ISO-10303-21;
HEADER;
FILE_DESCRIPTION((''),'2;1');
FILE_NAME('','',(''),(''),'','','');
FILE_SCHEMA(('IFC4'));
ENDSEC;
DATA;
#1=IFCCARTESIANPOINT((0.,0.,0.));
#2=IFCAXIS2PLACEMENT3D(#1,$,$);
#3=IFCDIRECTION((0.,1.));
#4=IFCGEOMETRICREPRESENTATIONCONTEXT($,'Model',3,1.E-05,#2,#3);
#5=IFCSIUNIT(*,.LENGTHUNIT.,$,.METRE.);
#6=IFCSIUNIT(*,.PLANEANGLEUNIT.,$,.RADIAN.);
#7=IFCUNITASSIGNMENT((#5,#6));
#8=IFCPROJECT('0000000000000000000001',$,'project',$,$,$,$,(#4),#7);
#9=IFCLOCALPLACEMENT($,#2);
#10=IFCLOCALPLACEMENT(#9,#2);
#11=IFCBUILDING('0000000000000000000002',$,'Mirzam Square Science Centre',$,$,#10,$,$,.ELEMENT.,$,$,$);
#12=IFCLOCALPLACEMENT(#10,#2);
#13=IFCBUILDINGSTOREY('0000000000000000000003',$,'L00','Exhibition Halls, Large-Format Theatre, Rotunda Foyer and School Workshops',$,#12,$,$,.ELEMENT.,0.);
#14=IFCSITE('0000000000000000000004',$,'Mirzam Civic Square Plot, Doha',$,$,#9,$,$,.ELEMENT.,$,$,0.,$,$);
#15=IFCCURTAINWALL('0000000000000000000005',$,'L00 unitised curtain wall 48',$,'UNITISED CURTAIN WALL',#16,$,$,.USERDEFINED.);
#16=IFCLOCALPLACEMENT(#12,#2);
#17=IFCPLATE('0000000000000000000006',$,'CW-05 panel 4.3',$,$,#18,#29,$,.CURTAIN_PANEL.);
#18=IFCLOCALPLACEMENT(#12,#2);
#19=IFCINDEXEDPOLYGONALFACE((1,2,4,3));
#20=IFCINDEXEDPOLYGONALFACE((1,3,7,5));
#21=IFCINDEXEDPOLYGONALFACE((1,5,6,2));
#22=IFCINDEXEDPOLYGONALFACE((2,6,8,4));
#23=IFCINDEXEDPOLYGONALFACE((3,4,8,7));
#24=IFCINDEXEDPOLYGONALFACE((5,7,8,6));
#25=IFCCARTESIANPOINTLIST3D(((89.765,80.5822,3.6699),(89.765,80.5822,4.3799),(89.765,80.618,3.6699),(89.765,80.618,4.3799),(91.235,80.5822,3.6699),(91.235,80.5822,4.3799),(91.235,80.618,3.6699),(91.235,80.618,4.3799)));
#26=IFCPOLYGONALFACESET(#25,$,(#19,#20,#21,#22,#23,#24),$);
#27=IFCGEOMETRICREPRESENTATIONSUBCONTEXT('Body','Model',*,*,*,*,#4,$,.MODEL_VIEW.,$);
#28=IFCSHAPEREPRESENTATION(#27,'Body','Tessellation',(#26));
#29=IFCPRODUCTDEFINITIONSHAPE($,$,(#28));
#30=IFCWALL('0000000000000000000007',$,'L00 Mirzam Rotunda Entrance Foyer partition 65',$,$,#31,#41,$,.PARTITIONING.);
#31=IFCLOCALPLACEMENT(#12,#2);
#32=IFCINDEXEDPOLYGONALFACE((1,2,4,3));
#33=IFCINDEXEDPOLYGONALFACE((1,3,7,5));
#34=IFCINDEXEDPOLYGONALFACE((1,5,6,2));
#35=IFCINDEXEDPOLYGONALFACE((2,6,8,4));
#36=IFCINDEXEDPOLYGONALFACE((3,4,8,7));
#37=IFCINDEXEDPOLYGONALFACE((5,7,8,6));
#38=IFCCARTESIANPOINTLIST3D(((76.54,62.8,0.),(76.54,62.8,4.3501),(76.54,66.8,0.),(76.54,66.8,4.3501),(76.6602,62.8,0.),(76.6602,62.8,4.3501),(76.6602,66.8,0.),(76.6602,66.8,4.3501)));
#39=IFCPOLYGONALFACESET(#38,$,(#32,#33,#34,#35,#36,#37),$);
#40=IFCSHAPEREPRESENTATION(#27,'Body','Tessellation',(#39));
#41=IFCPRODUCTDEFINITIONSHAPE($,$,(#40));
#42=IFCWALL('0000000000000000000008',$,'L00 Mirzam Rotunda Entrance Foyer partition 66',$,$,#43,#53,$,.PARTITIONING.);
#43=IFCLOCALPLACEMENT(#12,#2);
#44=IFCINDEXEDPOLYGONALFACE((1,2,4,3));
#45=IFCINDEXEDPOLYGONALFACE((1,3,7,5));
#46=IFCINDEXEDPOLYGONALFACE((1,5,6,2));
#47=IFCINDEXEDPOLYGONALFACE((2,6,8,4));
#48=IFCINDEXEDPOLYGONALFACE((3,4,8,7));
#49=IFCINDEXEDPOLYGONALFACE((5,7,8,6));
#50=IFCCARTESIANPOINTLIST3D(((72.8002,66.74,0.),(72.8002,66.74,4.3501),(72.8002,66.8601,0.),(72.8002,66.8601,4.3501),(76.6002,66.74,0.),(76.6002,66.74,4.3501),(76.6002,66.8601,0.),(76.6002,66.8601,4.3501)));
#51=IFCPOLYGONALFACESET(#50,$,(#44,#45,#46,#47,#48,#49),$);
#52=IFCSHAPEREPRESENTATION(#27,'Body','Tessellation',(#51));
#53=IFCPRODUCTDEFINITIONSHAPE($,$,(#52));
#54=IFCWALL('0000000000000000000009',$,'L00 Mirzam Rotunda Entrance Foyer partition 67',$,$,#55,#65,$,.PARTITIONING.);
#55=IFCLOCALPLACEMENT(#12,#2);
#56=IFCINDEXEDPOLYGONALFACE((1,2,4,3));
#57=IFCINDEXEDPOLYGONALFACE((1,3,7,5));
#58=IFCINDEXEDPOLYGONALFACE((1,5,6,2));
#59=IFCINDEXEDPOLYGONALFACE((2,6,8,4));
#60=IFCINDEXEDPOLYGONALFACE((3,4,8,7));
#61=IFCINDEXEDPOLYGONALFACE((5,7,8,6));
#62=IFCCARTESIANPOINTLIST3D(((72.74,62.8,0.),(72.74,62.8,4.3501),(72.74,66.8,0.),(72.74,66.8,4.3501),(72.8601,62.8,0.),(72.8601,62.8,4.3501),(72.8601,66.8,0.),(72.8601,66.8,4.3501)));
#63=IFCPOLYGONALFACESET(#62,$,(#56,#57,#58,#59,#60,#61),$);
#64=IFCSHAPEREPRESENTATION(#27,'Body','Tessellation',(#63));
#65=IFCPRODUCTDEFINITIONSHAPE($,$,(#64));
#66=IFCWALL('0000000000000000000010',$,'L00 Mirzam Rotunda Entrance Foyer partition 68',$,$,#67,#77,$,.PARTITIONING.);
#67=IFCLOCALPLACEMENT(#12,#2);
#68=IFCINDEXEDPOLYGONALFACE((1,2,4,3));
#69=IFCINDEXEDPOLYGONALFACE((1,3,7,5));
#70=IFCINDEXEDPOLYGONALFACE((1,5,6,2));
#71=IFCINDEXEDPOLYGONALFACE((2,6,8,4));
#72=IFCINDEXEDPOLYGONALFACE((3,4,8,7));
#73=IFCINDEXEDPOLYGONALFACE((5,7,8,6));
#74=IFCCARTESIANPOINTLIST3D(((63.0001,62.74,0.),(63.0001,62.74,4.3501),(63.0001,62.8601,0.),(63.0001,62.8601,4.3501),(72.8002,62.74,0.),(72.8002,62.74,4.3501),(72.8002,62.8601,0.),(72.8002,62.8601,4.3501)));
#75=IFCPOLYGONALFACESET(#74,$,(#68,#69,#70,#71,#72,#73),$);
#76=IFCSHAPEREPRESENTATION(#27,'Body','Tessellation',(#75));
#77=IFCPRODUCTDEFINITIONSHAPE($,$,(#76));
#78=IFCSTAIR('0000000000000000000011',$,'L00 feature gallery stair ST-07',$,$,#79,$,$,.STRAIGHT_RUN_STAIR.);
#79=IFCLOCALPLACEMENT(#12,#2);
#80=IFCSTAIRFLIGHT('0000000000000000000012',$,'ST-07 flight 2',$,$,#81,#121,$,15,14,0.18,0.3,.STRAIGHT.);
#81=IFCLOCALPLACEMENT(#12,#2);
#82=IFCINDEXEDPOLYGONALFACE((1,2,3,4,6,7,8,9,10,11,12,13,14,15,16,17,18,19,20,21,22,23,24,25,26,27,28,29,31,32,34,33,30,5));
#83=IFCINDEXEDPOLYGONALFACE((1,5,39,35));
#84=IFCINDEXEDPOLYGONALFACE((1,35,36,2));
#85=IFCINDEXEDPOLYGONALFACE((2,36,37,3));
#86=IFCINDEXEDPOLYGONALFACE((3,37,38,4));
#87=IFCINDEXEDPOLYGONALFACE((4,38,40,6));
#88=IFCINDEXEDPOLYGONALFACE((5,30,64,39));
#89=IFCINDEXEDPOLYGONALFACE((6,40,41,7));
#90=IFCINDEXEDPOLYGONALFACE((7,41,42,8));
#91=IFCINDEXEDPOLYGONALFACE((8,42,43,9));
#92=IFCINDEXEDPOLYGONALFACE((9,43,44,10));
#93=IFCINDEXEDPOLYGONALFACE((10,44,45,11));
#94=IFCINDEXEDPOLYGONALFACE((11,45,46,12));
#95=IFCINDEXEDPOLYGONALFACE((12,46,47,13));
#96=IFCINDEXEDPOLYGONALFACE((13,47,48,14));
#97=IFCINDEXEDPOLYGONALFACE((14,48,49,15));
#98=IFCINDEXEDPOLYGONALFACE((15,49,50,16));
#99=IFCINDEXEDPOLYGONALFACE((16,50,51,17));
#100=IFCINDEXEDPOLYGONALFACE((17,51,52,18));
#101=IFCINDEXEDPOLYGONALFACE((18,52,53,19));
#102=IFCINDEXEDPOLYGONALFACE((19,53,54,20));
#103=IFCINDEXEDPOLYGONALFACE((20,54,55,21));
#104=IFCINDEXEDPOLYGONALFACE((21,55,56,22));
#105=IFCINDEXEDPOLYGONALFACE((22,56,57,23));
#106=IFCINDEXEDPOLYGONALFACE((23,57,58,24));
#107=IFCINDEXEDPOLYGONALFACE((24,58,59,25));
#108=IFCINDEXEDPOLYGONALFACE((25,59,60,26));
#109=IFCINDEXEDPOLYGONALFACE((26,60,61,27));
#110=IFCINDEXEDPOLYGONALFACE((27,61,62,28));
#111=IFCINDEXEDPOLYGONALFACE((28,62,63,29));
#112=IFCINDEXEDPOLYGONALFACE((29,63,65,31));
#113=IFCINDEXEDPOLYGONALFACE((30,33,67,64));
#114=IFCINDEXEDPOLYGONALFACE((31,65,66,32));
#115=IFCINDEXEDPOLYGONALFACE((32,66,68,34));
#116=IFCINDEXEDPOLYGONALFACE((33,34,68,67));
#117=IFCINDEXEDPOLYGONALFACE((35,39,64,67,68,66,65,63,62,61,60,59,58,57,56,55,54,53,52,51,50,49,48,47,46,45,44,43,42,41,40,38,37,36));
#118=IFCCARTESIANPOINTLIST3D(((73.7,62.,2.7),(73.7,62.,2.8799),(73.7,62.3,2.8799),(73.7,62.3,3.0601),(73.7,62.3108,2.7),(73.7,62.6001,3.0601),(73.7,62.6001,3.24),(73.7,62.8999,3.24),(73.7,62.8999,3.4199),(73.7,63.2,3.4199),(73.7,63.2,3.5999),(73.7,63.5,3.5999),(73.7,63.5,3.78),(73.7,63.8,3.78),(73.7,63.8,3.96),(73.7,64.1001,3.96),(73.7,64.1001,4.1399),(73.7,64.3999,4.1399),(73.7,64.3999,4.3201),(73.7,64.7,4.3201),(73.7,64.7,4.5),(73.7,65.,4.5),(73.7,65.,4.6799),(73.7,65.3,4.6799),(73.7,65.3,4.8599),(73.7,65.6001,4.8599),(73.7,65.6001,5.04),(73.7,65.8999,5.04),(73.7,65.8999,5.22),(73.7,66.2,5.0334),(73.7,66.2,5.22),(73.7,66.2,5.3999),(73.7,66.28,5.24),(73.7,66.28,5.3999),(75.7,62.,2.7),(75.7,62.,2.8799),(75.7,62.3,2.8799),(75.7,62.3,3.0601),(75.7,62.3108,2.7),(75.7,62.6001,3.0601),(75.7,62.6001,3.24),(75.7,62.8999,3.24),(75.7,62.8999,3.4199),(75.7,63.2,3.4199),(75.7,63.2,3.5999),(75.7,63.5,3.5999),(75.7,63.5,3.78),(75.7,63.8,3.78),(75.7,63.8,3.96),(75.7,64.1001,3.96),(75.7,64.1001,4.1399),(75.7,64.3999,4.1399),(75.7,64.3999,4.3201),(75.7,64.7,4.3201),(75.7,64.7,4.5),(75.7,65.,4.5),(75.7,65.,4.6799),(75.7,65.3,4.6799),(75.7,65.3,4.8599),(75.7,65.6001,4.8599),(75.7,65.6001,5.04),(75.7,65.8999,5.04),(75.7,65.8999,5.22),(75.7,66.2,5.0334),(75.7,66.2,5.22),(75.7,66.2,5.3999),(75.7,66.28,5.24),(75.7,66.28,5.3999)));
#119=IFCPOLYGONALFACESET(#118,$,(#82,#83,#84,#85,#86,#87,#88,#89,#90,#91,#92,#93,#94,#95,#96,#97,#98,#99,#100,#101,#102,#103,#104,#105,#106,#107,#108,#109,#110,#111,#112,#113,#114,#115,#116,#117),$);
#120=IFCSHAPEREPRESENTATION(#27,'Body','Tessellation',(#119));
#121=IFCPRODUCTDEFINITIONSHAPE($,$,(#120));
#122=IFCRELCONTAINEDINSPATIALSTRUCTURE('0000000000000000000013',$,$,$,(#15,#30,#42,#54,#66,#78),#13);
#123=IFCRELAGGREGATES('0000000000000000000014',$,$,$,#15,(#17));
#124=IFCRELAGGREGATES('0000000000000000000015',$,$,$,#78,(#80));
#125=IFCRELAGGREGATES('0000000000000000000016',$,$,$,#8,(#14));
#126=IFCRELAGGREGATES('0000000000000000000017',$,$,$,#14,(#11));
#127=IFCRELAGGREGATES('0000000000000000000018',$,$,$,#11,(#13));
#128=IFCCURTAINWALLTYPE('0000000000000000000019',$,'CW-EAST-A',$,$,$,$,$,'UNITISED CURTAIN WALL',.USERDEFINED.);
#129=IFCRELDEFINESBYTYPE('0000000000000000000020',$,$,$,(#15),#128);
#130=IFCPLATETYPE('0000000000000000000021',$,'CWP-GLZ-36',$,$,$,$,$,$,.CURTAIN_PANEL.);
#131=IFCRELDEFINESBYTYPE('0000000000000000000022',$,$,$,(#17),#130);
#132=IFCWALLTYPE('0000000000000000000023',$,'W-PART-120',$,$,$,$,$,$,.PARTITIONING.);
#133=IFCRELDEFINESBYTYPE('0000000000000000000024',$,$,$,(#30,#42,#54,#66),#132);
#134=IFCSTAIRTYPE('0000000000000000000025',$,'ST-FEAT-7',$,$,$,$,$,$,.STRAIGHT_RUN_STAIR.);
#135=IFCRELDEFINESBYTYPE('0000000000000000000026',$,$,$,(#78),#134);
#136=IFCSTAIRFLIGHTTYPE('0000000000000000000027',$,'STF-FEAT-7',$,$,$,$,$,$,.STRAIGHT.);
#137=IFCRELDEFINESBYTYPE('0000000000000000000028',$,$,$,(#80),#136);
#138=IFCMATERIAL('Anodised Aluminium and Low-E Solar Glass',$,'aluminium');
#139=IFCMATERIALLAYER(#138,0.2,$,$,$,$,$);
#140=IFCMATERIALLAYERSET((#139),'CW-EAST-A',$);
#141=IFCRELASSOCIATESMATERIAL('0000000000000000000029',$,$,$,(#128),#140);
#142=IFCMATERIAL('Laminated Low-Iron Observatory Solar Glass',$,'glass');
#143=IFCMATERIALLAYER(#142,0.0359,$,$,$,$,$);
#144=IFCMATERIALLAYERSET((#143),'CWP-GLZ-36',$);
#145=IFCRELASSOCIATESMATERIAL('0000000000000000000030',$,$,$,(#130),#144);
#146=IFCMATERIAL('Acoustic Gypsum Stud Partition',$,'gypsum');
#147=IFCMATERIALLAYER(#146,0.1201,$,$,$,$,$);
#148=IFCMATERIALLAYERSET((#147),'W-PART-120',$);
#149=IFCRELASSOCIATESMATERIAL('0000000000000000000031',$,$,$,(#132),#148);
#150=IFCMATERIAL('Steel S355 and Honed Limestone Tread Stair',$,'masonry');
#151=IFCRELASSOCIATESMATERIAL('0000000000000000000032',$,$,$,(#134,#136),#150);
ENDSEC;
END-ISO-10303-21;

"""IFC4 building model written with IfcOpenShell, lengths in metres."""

from ifc_helpers import new_model, si_unit, direction, frame, frame_2d, origin, origin_2d, place, context, subcontext, project, spatial, polyline, rectangle, outline, extrude, material, layer, layer_set, type_object, element, aggregate, save


model = new_model("IFC4")

# Units and contexts
model_context = context("Model", 3, precision=1e-05, world=origin(), true_north=direction((0.0, 1.0)))
body_context = subcontext(model_context, "Body", "Model", "MODEL_VIEW")
ifc_project = project(units=[si_unit("LENGTHUNIT", "METRE"), si_unit("PLANEANGLEUNIT", "RADIAN")], contexts=[model_context])

# Site, building, storey
site_placement = place(None, origin())
site = spatial("IfcSite", under=ifc_project, at=site_placement, Name="Mirzam Civic Square Plot, Doha", CompositionType="ELEMENT", RefElevation=0.0)
building_placement = place(site_placement, origin())
building = spatial("IfcBuilding", under=site, at=building_placement, Name="Mirzam Square Science Centre", CompositionType="ELEMENT")
storey_placement = place(building_placement, origin())
storey = spatial("IfcBuildingStorey", under=building, at=storey_placement, Name="L00", Description="Exhibition Halls, Large-Format Theatre, Rotunda Foyer and School Workshops", CompositionType="ELEMENT", Elevation=0.0)

# Curtain wall
ifc_material_1 = material(Name="Anodised Aluminium and Low-E Solar Glass", Category="aluminium")
ifc_layer_1 = layer(ifc_material_1, 0.2)
ifc_layer_set_1 = layer_set([ifc_layer_1], Name="CW-EAST-A")
curtain_wall_type = type_object("IfcCurtainWallType", Name="CW-EAST-A", ElementType="UNITISED CURTAIN WALL", PredefinedType="USERDEFINED", material=ifc_layer_set_1)
curtain_wall_1_placement = place(storey_placement, origin())
curtain_wall_1 = element("IfcCurtainWall", 1, at=curtain_wall_1_placement, inside=storey, type_object=curtain_wall_type, Name="L00 unitised curtain wall 48", ObjectType="UNITISED CURTAIN WALL", PredefinedType="USERDEFINED")

# Plate
ifc_material_2 = material(Name="Laminated Low-Iron Observatory Solar Glass", Category="glass")
ifc_layer_2 = layer(ifc_material_2, 0.0359)
ifc_layer_set_2 = layer_set([ifc_layer_2], Name="CWP-GLZ-36")
plate_type = type_object("IfcPlateType", Name="CWP-GLZ-36", PredefinedType="CURTAIN_PANEL", material=ifc_layer_set_2)
plate_1_placement = place(storey_placement, frame((90.5, 80.6001, 3.6699), z_axis=(0.0, 0.0, 1.0), x_axis=(-1.0, 0.0, 0.0)))
plate_1 = element("IfcPlate", 2, at=plate_1_placement, type_object=plate_type, Name="CW-05 panel 4.3", PredefinedType="CURTAIN_PANEL", context=body_context, shape_type="SweptSolid", body=[
    extrude(rectangle(XDim=1.47, YDim=0.0359, at=origin_2d()), origin(), (0.0, 0.0, 1.0), 0.71),
])
aggregate(curtain_wall_1, [plate_1])

# Walls
ifc_material_3 = material(Name="Acoustic Gypsum Stud Partition", Category="gypsum")
ifc_layer_3 = layer(ifc_material_3, 0.1201)
ifc_layer_set_3 = layer_set([ifc_layer_3], Name="W-PART-120")
wall_type = type_object("IfcWallType", Name="W-PART-120", PredefinedType="PARTITIONING", material=ifc_layer_set_3)
wall_1_placement = place(storey_placement, frame((76.6001, 62.8, 0.0), z_axis=(0.0, 0.0, 1.0), x_axis=(0.0, 1.0, 0.0)))
element("IfcWall", 3, at=wall_1_placement, inside=storey, type_object=wall_type, Name="L00 Mirzam Rotunda Entrance Foyer partition 65", PredefinedType="PARTITIONING", context=body_context, shape_type="SweptSolid", body=[
    extrude(rectangle(XDim=4.0, YDim=0.1201, at=frame_2d((2.0, 0.0))), origin(), (0.0, 0.0, 1.0), 4.3501),
])
wall_2_placement = place(storey_placement, frame((76.6001, 66.8, 0.0), z_axis=(0.0, 0.0, 1.0), x_axis=(-1.0, 0.0, 0.0)))
element("IfcWall", 4, at=wall_2_placement, inside=storey, type_object=wall_type, Name="L00 Mirzam Rotunda Entrance Foyer partition 66", PredefinedType="PARTITIONING", context=body_context, shape_type="SweptSolid", body=[
    extrude(rectangle(XDim=3.8, YDim=0.1201, at=frame_2d((1.8999, 0.0))), origin(), (0.0, 0.0, 1.0), 4.3501),
])
wall_3_placement = place(storey_placement, frame((72.8, 66.8, 0.0), z_axis=(0.0, 0.0, 1.0), x_axis=(0.0, -1.0, 0.0)))
element("IfcWall", 5, at=wall_3_placement, inside=storey, type_object=wall_type, Name="L00 Mirzam Rotunda Entrance Foyer partition 67", PredefinedType="PARTITIONING", context=body_context, shape_type="SweptSolid", body=[
    extrude(rectangle(XDim=4.0, YDim=0.1201, at=frame_2d((2.0, 0.0))), origin(), (0.0, 0.0, 1.0), 4.3501),
])
wall_4_placement = place(storey_placement, frame((72.8, 62.8, 0.0), z_axis=(0.0, 0.0, 1.0), x_axis=(-1.0, 0.0, 0.0)))
element("IfcWall", 6, at=wall_4_placement, inside=storey, type_object=wall_type, Name="L00 Mirzam Rotunda Entrance Foyer partition 68", PredefinedType="PARTITIONING", context=body_context, shape_type="SweptSolid", body=[
    extrude(rectangle(XDim=9.8, YDim=0.1201, at=frame_2d((4.8999, 0.0))), origin(), (0.0, 0.0, 1.0), 4.3501),
])

# Stair, stair flight
ifc_material_4 = material(Name="Steel S355 and Honed Limestone Tread Stair", Category="masonry")
stair_type = type_object("IfcStairType", Name="ST-FEAT-7", PredefinedType="STRAIGHT_RUN_STAIR", material=ifc_material_4)
stair_placement = place(storey_placement, origin())
stair = element("IfcStair", 7, at=stair_placement, inside=storey, type_object=stair_type, Name="L00 feature gallery stair ST-07", PredefinedType="STRAIGHT_RUN_STAIR")
stair_flight_type = type_object("IfcStairFlightType", Name="STF-FEAT-7", PredefinedType="STRAIGHT", material=ifc_material_4)
stair_flight_placement = place(storey_placement, frame((74.7, 62.0, 2.7), z_axis=(0.0, 0.0, 1.0), x_axis=(0.0, 1.0, 0.0)))
stair_flight = element("IfcStairFlight", 8, at=stair_flight_placement, type_object=stair_flight_type, Name="ST-07 flight 2", NumberOfRisers=15, NumberOfTreads=14, PredefinedType="STRAIGHT", RiserHeight=0.18, TreadLength=0.3, context=body_context, shape_type="SweptSolid", body=[
    extrude(outline(polyline([(0.0, 0.0), (0.0, 0.1799), (0.3, 0.1799), (0.3, 0.3601), (0.6001, 0.3601), (0.6001, 0.54), (0.8999, 0.54), (0.8999, 0.72), (1.2, 0.72), (1.2, 0.8999), (1.5, 0.8999), (1.5, 1.0801), (1.8, 1.0801), (1.8, 1.26), (2.1001, 1.26), (2.1001, 1.4399), (2.3999, 1.4399), (2.3999, 1.6201), (2.7, 1.6201), (2.7, 1.8), (3.0, 1.8), (3.0, 1.98), (3.3, 1.98), (3.3, 2.1599), (3.6001, 2.1599), (3.6001, 2.3401), (3.8999, 2.3401), (3.8999, 2.52), (4.2, 2.52), (4.2, 2.7), (4.28, 2.7), (4.28, 2.54), (4.2, 2.3335), (0.3108, 0.0), (0.0, 0.0)])), frame((0.0, 1.0, 0.0), z_axis=(0.0, -1.0, 0.0), x_axis=(1.0, 0.0, 0.0)), (0.0, 0.0, 1.0), 2.0),
])
aggregate(stair, [stair_flight])

save(model, "model.ifc")
